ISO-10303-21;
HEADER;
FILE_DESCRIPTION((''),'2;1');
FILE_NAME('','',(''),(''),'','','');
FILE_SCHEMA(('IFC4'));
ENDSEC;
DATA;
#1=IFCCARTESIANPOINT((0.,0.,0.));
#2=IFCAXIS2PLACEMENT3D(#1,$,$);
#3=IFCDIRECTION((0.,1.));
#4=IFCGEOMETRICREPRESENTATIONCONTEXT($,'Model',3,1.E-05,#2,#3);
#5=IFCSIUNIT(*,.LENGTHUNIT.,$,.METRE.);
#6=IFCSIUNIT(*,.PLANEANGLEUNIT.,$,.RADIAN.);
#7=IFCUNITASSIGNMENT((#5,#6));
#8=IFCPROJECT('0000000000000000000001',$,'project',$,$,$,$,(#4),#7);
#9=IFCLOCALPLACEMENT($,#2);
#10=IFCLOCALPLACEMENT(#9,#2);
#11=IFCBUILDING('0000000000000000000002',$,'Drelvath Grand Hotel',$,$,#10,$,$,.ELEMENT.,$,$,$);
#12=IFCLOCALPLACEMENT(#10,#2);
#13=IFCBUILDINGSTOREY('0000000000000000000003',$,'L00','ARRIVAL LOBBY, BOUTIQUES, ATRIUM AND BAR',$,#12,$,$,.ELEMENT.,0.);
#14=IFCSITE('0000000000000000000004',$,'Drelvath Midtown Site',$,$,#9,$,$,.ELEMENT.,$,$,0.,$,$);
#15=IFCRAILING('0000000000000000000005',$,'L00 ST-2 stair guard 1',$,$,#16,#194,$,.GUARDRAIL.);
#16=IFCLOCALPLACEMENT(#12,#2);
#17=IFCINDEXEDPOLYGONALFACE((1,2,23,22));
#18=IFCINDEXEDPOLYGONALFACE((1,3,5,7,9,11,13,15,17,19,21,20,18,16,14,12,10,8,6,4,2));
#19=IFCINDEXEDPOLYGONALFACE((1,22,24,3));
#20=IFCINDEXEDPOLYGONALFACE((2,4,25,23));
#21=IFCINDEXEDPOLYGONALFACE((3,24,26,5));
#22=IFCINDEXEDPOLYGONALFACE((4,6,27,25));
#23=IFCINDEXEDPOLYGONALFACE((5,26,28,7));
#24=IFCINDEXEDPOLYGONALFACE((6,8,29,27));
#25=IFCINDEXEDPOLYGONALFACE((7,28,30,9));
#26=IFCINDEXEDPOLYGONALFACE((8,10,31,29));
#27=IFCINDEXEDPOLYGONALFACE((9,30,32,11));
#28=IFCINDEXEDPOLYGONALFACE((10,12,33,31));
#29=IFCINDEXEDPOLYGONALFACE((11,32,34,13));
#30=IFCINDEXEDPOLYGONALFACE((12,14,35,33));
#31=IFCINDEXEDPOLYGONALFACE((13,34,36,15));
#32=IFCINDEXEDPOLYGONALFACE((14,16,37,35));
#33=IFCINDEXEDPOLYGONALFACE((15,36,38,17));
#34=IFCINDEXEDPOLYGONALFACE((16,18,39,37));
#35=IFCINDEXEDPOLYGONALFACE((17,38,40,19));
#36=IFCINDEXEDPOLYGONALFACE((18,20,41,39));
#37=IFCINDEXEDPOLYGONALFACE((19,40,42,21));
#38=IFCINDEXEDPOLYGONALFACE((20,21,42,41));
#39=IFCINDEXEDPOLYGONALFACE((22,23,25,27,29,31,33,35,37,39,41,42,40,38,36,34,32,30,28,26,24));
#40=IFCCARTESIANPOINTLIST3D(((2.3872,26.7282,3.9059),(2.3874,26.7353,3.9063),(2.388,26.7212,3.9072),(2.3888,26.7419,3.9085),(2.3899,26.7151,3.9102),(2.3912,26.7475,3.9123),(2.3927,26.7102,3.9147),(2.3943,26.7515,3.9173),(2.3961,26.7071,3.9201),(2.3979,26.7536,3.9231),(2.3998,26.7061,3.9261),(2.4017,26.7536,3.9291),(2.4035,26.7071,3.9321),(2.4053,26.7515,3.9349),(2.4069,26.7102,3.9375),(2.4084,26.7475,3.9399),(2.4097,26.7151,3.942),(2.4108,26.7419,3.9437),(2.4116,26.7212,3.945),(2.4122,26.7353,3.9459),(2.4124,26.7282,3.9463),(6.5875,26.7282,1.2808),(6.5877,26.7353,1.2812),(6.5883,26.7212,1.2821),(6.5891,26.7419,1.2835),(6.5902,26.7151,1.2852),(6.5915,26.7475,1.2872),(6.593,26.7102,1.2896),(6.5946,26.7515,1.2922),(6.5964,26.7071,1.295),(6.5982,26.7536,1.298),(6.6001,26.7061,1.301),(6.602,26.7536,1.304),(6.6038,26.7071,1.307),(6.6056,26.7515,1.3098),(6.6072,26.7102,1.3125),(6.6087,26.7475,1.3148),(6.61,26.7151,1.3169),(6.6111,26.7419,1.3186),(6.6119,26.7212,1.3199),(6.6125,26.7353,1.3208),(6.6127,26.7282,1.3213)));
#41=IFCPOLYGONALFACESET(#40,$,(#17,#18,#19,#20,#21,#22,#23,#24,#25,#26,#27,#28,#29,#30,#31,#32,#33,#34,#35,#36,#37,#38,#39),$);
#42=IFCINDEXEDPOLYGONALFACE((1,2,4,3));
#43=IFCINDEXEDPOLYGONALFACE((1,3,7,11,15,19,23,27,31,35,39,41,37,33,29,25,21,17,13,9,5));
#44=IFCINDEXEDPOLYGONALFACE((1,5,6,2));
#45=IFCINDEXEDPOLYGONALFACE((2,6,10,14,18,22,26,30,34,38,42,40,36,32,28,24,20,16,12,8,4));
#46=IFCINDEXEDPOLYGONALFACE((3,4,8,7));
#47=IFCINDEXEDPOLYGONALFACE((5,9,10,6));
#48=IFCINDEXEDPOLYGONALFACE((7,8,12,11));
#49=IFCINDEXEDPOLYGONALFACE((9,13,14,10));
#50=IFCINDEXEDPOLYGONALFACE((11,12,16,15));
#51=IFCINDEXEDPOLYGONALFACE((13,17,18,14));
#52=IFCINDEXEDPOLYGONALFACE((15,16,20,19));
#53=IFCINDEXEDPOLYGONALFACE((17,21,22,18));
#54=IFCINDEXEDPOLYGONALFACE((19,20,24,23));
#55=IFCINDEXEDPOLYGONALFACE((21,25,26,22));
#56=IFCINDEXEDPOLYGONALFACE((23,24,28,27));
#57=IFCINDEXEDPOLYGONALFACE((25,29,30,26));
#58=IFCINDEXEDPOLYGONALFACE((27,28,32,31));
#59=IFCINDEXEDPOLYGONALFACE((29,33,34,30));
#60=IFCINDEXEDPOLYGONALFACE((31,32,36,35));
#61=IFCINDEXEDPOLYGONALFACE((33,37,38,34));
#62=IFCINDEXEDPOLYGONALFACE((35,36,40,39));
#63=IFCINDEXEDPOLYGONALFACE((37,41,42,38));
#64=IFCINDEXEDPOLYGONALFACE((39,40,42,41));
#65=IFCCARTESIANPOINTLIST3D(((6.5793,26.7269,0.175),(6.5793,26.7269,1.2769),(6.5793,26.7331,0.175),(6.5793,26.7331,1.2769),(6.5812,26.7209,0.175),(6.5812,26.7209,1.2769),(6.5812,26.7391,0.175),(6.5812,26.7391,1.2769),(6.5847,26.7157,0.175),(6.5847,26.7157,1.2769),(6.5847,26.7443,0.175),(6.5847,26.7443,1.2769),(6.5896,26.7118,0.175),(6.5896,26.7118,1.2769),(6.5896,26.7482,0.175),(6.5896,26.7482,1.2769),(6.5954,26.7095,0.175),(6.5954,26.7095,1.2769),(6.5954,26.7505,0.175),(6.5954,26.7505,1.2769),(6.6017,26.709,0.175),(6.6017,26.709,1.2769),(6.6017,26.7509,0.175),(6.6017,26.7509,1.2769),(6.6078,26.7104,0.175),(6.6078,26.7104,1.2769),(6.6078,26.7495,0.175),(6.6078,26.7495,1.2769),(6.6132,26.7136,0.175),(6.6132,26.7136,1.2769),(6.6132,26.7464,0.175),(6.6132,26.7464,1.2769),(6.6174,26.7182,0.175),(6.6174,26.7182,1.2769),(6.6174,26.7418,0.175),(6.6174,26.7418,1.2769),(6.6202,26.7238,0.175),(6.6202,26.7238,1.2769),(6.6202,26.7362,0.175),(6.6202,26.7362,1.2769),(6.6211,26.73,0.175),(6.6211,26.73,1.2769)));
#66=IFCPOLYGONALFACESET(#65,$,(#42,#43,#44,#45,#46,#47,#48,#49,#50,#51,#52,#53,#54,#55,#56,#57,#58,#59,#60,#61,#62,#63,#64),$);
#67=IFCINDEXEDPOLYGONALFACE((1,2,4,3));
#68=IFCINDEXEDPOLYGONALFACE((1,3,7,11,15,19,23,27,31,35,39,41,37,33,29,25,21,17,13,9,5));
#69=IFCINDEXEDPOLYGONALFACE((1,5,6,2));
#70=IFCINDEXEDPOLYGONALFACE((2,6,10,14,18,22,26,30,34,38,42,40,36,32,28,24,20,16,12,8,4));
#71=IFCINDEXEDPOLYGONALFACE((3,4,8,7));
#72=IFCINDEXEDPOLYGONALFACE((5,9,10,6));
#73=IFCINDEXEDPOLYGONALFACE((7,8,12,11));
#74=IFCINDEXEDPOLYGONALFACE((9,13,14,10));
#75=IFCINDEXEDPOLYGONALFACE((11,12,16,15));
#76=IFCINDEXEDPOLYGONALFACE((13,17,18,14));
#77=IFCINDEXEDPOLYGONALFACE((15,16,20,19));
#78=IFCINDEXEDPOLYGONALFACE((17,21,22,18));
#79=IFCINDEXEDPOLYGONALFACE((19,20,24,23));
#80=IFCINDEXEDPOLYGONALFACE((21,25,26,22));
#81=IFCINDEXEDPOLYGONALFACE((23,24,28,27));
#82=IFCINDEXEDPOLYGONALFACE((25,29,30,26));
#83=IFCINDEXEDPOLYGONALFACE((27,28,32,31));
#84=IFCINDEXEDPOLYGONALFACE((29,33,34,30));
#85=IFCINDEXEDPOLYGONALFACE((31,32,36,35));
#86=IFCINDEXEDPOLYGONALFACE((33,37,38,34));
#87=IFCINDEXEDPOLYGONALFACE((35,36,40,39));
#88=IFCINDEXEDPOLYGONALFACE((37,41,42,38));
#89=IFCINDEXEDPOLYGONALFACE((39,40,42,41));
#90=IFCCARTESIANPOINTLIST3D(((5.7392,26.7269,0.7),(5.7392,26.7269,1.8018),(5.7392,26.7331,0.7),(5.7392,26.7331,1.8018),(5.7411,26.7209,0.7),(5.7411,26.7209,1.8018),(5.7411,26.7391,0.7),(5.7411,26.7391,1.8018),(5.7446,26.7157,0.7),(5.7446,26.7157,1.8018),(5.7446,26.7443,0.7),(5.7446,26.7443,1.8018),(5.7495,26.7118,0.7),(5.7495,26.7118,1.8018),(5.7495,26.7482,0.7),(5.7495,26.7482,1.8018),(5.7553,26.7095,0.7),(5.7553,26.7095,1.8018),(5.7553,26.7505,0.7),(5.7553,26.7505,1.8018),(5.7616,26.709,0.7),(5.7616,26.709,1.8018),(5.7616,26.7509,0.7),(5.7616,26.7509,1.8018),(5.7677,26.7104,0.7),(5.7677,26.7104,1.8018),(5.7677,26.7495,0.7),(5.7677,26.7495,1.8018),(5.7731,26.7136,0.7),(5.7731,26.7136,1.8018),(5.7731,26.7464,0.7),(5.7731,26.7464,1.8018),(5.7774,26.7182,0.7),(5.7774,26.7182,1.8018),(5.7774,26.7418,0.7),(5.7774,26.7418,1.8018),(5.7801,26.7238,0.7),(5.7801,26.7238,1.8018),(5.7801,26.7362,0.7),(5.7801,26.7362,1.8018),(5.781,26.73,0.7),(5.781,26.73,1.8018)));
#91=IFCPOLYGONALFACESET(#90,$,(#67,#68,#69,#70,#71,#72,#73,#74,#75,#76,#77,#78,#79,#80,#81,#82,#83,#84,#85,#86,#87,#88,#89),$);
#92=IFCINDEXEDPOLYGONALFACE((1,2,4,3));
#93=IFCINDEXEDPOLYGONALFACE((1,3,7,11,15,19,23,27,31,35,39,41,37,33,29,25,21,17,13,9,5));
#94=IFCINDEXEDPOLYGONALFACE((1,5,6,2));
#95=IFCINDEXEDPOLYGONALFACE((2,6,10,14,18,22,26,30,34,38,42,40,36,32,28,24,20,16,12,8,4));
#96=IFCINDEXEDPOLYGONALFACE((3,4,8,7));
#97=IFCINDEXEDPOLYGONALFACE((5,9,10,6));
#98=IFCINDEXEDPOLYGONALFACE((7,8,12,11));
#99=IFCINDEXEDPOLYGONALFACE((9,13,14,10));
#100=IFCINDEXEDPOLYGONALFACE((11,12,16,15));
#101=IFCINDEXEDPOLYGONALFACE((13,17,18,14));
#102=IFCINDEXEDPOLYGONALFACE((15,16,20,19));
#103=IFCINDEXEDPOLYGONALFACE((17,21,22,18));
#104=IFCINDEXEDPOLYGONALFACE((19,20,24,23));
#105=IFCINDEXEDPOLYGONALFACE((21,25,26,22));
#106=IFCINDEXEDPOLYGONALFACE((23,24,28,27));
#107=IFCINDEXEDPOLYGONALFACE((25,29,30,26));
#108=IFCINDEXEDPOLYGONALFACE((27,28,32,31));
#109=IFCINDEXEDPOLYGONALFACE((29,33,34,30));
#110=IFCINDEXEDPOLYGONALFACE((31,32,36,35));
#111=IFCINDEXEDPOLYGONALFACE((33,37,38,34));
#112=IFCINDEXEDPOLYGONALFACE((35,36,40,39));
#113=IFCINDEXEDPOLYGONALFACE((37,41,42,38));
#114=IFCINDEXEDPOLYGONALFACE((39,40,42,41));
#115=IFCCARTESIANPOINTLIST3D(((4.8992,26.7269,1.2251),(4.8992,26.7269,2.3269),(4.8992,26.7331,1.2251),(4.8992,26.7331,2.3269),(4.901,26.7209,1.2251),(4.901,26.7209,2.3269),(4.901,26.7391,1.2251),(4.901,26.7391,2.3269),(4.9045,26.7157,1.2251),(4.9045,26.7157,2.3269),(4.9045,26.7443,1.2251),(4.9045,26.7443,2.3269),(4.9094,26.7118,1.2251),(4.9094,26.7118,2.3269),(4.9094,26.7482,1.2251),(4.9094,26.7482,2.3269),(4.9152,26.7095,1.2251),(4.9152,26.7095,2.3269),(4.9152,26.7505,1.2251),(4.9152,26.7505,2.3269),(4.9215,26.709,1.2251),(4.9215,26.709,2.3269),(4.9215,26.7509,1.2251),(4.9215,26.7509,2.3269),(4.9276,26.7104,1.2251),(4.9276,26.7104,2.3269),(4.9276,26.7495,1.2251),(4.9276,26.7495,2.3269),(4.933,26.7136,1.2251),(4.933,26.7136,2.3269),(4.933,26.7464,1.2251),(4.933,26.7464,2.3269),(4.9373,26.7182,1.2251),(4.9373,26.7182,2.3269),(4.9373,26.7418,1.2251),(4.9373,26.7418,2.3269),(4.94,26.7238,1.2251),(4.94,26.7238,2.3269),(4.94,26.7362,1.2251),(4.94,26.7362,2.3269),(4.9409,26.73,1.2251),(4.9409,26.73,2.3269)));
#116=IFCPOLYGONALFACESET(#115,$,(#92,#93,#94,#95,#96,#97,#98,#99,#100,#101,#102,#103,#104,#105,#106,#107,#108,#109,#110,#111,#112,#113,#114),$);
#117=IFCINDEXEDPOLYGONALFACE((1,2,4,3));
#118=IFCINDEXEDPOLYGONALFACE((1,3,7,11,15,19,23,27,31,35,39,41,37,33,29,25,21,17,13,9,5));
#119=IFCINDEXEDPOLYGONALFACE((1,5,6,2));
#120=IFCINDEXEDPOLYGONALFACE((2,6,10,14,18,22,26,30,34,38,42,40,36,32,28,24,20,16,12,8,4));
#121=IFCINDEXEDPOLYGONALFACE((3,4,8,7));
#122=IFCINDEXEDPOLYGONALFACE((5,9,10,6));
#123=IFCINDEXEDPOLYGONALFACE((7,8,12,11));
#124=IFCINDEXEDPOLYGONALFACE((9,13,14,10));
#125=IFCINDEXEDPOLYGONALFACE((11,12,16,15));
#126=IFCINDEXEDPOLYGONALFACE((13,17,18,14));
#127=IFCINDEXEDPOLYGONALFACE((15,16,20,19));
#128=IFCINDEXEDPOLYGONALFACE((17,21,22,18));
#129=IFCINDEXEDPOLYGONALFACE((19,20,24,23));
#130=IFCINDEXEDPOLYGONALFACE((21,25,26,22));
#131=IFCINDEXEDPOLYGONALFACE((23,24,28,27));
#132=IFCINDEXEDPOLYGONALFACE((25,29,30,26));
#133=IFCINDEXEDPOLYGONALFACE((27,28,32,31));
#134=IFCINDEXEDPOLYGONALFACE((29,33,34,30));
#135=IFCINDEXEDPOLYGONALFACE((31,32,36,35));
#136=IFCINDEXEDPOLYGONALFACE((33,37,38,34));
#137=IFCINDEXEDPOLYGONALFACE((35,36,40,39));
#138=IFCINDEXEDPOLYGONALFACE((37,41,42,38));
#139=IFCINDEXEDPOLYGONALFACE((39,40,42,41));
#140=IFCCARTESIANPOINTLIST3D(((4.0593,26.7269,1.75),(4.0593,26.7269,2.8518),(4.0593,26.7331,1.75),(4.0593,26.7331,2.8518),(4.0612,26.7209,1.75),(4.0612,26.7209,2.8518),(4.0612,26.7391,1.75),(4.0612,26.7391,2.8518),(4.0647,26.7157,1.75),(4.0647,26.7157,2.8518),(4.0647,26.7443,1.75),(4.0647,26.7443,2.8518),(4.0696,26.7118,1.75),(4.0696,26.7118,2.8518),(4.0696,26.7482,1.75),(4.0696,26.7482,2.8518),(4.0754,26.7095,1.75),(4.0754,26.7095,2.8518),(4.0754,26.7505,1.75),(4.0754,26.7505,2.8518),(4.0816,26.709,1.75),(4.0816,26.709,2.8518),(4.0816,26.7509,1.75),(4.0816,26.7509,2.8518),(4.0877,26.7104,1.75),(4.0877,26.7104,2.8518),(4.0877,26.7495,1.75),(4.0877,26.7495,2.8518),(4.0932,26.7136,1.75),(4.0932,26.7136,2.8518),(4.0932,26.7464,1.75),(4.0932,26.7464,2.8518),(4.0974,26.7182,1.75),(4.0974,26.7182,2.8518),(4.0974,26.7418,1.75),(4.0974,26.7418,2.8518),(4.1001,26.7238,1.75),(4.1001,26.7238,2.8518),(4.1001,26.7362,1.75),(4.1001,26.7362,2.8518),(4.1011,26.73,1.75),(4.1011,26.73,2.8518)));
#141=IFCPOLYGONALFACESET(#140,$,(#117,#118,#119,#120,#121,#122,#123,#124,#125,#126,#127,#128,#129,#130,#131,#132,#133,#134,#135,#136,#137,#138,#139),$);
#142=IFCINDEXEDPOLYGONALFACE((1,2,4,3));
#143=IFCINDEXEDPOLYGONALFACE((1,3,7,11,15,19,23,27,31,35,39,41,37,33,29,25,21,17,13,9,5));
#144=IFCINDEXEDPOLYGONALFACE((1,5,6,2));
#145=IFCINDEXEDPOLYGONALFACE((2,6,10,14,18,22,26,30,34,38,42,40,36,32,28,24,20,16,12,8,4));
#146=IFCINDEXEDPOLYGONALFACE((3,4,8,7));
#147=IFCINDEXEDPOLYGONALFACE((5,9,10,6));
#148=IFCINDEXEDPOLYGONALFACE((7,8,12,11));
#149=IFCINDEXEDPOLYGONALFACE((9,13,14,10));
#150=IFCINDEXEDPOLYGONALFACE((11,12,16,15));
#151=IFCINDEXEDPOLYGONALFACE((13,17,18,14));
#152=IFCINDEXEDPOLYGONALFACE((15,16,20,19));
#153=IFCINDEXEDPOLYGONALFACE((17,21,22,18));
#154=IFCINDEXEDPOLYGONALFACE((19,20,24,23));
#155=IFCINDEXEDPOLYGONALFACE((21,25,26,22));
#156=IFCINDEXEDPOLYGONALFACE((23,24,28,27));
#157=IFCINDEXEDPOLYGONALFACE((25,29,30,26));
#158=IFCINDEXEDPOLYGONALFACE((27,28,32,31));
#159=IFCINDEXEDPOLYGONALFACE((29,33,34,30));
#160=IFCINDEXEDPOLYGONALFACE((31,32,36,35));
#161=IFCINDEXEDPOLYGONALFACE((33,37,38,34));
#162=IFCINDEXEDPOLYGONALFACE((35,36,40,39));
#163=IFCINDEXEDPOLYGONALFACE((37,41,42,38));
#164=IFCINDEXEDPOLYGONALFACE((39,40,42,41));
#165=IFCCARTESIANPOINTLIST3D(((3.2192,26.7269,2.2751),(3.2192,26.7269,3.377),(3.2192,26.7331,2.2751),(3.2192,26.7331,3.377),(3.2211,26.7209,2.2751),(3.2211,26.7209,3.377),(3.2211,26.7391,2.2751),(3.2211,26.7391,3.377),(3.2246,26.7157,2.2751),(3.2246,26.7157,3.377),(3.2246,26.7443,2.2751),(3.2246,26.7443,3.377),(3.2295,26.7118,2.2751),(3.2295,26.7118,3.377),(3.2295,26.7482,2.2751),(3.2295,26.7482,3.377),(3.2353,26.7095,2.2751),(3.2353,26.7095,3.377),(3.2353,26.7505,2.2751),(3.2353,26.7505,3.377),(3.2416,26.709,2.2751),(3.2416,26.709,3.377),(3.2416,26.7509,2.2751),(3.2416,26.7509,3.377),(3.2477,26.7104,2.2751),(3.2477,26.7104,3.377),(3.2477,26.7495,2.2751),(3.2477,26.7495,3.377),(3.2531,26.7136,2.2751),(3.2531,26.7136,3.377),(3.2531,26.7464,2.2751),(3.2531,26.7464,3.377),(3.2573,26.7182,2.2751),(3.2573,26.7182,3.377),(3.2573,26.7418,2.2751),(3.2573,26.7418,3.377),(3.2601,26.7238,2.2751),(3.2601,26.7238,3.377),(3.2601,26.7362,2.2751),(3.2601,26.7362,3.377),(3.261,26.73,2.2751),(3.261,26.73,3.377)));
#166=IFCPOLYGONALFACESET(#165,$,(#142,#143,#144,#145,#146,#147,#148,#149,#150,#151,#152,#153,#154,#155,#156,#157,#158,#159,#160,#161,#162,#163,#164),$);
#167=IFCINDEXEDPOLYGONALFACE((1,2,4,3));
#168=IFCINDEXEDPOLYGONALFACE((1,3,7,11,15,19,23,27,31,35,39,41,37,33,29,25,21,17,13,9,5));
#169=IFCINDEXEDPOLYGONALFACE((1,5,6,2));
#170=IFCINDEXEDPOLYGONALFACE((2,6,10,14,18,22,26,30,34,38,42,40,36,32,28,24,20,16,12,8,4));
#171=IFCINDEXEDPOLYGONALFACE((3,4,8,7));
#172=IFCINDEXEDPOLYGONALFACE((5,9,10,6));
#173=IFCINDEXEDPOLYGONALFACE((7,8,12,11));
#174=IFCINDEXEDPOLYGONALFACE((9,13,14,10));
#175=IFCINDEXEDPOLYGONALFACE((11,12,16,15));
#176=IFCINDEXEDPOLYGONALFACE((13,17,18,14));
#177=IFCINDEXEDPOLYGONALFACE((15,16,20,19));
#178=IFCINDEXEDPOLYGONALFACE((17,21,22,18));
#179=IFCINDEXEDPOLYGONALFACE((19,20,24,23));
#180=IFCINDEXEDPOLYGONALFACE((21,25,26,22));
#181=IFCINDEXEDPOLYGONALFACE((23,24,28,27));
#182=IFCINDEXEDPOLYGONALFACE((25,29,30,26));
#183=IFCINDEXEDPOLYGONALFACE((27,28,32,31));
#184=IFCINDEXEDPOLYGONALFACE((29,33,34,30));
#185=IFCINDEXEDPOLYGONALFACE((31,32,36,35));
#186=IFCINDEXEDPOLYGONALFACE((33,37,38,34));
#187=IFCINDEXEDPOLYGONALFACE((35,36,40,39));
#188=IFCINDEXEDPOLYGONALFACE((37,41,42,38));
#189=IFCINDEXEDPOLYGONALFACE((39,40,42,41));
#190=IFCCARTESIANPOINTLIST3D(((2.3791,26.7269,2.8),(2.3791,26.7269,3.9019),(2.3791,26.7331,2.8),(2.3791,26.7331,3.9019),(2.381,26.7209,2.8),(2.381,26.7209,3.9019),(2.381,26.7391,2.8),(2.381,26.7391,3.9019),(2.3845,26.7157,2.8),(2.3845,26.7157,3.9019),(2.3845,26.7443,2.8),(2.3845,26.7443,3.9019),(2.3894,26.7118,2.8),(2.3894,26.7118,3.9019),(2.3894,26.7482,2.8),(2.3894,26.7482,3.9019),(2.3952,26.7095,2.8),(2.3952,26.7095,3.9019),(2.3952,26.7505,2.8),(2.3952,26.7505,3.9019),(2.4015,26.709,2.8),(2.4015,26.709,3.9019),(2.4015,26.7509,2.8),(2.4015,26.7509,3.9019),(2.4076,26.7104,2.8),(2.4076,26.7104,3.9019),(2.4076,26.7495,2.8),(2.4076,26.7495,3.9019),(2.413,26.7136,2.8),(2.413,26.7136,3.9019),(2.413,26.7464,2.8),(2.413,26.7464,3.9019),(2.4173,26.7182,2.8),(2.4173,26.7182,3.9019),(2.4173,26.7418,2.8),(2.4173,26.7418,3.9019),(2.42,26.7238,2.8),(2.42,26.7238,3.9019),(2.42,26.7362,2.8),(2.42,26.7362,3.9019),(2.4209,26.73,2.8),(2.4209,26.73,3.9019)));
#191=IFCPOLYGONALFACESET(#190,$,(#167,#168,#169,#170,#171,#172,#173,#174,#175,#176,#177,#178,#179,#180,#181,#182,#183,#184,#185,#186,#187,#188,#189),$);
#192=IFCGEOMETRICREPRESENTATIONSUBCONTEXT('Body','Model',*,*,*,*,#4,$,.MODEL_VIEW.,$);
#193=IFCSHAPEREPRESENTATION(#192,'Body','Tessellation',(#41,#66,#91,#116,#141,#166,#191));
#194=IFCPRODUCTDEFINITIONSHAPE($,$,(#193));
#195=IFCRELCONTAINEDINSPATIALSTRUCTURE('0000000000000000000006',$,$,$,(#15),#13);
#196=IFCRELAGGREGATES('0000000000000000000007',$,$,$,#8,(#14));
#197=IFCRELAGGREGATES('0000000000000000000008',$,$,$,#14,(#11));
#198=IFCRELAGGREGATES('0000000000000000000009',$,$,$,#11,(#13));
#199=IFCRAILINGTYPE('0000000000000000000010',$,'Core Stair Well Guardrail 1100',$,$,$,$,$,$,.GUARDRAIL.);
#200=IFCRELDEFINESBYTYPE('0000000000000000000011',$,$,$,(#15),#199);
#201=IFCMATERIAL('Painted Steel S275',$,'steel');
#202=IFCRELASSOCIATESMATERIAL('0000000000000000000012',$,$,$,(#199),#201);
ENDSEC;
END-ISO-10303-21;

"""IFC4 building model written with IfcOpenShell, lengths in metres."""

from ifc_helpers import new_model, si_unit, direction, frame, origin, origin_2d, place, context, subcontext, project, spatial, circle, extrude, material, type_object, element, save


model = new_model("IFC4")

# Units and contexts
model_context = context("Model", 3, precision=1e-05, world=origin(), true_north=direction((0.0, 1.0)))
body_context = subcontext(model_context, "Body", "Model", "MODEL_VIEW")
ifc_project = project(units=[si_unit("LENGTHUNIT", "METRE"), si_unit("PLANEANGLEUNIT", "RADIAN")], contexts=[model_context])

# Site, building, storey
site_placement = place(None, origin())
site = spatial("IfcSite", under=ifc_project, at=site_placement, Name="Drelvath Midtown Site", CompositionType="ELEMENT", RefElevation=0.0)
building_placement = place(site_placement, origin())
building = spatial("IfcBuilding", under=site, at=building_placement, Name="Drelvath Grand Hotel", CompositionType="ELEMENT")
storey_placement = place(building_placement, origin())
storey = spatial("IfcBuildingStorey", under=building, at=storey_placement, Name="L00", Description="ARRIVAL LOBBY, BOUTIQUES, ATRIUM AND BAR", CompositionType="ELEMENT", Elevation=0.0)

# Shared definitions
ifc_material_1 = material(Name="Painted Steel S275", Category="steel")

# Railing
railing_type_1 = type_object("IfcRailingType", Name="Core Stair Well Guardrail 1100", PredefinedType="GUARDRAIL", material=ifc_material_1)
railing_1_placement = place(storey_placement, frame((6.6001, 26.73, 0.175)))
element("IfcRailing", 1, at=railing_1_placement, inside=storey, type_object=railing_type_1, Name="L00 ST-2 stair guard 1", PredefinedType="GUARDRAIL", context=body_context, shape_type="SweptSolid", body=[
    extrude(circle(Radius=0.0239, at=origin_2d()), frame((0.0, 0.0, 1.126), z_axis=(-0.848009, 0.0, 0.529981), x_axis=(0.0, -1.0, 0.0)), (0.0, 0.0, 1.0), 4.9531),
    extrude(circle(Radius=0.021, at=origin_2d()), origin(), (0.0, 0.0, 1.0), 1.1018),
    extrude(circle(Radius=0.021, at=origin_2d()), frame((-0.8401, 0.0, 0.5249)), (0.0, 0.0, 1.0), 1.1018),
    extrude(circle(Radius=0.021, at=origin_2d()), frame((-1.6802, 0.0, 1.05)), (0.0, 0.0, 1.0), 1.1018),
    extrude(circle(Radius=0.021, at=origin_2d()), frame((-2.52, 0.0, 1.575)), (0.0, 0.0, 1.0), 1.1018),
    extrude(circle(Radius=0.021, at=origin_2d()), frame((-3.3601, 0.0, 2.1001)), (0.0, 0.0, 1.0), 1.1018),
    extrude(circle(Radius=0.021, at=origin_2d()), frame((-4.2002, 0.0, 2.625)), (0.0, 0.0, 1.0), 1.1018),
])

save(model, "model.ifc")
